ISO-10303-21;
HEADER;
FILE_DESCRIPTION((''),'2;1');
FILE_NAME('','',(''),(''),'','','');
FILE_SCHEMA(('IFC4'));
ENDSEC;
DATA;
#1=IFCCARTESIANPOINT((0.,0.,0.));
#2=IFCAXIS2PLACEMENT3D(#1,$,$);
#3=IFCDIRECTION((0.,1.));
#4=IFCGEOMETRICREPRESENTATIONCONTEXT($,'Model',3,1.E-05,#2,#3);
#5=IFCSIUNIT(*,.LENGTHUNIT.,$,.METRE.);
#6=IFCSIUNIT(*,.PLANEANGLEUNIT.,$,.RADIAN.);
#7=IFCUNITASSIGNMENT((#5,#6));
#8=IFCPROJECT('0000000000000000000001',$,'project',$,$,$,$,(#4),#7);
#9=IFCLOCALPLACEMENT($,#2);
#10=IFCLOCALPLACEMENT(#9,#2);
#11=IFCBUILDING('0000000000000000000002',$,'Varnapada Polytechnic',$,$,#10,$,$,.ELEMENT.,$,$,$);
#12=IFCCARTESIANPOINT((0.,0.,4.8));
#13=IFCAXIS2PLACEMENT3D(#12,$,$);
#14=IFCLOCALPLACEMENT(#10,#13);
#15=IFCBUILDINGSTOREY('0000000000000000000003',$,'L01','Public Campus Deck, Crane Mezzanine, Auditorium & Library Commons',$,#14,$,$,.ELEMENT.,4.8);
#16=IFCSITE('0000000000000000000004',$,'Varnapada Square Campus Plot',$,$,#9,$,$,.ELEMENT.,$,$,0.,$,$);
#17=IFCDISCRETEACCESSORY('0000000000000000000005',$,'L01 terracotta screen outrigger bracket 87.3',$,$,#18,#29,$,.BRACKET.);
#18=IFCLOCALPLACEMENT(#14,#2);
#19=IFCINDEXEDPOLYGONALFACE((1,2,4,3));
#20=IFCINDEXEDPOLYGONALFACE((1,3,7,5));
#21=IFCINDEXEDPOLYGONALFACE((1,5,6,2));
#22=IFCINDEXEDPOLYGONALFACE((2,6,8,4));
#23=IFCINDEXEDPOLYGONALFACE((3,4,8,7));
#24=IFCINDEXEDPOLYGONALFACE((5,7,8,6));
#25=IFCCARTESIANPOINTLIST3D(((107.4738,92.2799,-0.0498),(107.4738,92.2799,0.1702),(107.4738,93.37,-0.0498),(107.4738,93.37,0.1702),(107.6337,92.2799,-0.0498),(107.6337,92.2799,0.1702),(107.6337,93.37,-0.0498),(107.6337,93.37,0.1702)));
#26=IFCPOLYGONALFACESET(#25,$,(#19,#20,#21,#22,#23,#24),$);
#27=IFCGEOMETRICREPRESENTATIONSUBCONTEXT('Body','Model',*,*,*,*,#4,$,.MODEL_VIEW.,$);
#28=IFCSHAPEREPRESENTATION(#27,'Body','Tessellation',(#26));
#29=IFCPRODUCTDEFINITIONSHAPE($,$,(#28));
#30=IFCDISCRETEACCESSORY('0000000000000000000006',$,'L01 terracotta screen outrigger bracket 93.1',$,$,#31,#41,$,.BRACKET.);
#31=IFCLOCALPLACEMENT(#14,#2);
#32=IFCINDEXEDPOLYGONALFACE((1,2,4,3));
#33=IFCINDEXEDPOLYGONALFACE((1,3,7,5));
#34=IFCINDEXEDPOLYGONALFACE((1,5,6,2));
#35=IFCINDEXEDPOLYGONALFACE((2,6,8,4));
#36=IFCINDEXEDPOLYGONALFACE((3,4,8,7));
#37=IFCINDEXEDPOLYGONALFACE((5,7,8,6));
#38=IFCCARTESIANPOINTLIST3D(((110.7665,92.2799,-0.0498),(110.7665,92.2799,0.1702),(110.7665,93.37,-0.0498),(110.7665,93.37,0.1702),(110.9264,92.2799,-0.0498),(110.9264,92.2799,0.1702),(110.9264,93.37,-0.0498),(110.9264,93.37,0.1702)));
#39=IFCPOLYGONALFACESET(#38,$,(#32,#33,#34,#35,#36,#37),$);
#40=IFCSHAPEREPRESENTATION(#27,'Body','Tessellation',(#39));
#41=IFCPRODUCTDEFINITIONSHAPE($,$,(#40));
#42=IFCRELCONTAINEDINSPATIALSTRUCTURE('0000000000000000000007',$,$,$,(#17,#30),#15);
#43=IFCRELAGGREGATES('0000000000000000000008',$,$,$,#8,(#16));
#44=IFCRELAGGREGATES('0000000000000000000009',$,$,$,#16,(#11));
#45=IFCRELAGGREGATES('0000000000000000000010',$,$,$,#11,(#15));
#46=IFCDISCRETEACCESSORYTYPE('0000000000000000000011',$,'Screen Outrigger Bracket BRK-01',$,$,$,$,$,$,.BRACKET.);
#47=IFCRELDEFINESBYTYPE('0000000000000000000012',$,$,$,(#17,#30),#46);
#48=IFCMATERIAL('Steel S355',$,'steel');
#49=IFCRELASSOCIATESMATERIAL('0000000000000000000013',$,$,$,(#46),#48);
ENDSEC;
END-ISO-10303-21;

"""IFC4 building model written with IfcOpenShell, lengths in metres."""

from ifc_helpers import new_model, si_unit, direction, frame, origin, origin_2d, place, context, subcontext, project, spatial, rectangle, extrude, material, type_object, element, save


model = new_model("IFC4")

# Units and contexts
model_context = context("Model", 3, precision=1e-05, world=origin(), true_north=direction((0.0, 1.0)))
body_context = subcontext(model_context, "Body", "Model", "MODEL_VIEW")
ifc_project = project(units=[si_unit("LENGTHUNIT", "METRE"), si_unit("PLANEANGLEUNIT", "RADIAN")], contexts=[model_context])

# Site, building, storey
site_placement = place(None, origin())
site = spatial("IfcSite", under=ifc_project, at=site_placement, Name="Varnapada Square Campus Plot", CompositionType="ELEMENT", RefElevation=0.0)
building_placement = place(site_placement, origin())
building = spatial("IfcBuilding", under=site, at=building_placement, Name="Varnapada Polytechnic", CompositionType="ELEMENT")
storey_placement = place(building_placement, frame((0.0, 0.0, 4.8)))
storey = spatial("IfcBuildingStorey", under=building, at=storey_placement, Name="L01", Description="Public Campus Deck, Crane Mezzanine, Auditorium & Library Commons", CompositionType="ELEMENT", Elevation=4.8)

# Discrete accessories
ifc_material_1 = material(Name="Steel S355", Category="steel")
discrete_accessory_type = type_object("IfcDiscreteAccessoryType", Name="Screen Outrigger Bracket BRK-01", PredefinedType="BRACKET", material=ifc_material_1)
for number, where, z_axis, x_axis, name in (
    (1, (107.5537, 92.825, -0.0498), (0.0, 0.0, 1.0), (1.0, 0.0, 0.0), "L01 terracotta screen outrigger bracket 87.3"),
    (2, (110.8464, 92.825, -0.0498), (0.0, 0.0, 1.0), (1.0, 0.0, 0.0), "L01 terracotta screen outrigger bracket 93.1"),
):
    element("IfcDiscreteAccessory", number, at=place(storey_placement, frame(where, z_axis=z_axis, x_axis=x_axis)), inside=storey, type_object=discrete_accessory_type, Name=name, PredefinedType="BRACKET", context=body_context, shape_type="SweptSolid", body=[
        extrude(rectangle(XDim=0.1599, YDim=1.0901, at=origin_2d()), origin(), (0.0, 0.0, 1.0), 0.22),
    ])

save(model, "model.ifc")
